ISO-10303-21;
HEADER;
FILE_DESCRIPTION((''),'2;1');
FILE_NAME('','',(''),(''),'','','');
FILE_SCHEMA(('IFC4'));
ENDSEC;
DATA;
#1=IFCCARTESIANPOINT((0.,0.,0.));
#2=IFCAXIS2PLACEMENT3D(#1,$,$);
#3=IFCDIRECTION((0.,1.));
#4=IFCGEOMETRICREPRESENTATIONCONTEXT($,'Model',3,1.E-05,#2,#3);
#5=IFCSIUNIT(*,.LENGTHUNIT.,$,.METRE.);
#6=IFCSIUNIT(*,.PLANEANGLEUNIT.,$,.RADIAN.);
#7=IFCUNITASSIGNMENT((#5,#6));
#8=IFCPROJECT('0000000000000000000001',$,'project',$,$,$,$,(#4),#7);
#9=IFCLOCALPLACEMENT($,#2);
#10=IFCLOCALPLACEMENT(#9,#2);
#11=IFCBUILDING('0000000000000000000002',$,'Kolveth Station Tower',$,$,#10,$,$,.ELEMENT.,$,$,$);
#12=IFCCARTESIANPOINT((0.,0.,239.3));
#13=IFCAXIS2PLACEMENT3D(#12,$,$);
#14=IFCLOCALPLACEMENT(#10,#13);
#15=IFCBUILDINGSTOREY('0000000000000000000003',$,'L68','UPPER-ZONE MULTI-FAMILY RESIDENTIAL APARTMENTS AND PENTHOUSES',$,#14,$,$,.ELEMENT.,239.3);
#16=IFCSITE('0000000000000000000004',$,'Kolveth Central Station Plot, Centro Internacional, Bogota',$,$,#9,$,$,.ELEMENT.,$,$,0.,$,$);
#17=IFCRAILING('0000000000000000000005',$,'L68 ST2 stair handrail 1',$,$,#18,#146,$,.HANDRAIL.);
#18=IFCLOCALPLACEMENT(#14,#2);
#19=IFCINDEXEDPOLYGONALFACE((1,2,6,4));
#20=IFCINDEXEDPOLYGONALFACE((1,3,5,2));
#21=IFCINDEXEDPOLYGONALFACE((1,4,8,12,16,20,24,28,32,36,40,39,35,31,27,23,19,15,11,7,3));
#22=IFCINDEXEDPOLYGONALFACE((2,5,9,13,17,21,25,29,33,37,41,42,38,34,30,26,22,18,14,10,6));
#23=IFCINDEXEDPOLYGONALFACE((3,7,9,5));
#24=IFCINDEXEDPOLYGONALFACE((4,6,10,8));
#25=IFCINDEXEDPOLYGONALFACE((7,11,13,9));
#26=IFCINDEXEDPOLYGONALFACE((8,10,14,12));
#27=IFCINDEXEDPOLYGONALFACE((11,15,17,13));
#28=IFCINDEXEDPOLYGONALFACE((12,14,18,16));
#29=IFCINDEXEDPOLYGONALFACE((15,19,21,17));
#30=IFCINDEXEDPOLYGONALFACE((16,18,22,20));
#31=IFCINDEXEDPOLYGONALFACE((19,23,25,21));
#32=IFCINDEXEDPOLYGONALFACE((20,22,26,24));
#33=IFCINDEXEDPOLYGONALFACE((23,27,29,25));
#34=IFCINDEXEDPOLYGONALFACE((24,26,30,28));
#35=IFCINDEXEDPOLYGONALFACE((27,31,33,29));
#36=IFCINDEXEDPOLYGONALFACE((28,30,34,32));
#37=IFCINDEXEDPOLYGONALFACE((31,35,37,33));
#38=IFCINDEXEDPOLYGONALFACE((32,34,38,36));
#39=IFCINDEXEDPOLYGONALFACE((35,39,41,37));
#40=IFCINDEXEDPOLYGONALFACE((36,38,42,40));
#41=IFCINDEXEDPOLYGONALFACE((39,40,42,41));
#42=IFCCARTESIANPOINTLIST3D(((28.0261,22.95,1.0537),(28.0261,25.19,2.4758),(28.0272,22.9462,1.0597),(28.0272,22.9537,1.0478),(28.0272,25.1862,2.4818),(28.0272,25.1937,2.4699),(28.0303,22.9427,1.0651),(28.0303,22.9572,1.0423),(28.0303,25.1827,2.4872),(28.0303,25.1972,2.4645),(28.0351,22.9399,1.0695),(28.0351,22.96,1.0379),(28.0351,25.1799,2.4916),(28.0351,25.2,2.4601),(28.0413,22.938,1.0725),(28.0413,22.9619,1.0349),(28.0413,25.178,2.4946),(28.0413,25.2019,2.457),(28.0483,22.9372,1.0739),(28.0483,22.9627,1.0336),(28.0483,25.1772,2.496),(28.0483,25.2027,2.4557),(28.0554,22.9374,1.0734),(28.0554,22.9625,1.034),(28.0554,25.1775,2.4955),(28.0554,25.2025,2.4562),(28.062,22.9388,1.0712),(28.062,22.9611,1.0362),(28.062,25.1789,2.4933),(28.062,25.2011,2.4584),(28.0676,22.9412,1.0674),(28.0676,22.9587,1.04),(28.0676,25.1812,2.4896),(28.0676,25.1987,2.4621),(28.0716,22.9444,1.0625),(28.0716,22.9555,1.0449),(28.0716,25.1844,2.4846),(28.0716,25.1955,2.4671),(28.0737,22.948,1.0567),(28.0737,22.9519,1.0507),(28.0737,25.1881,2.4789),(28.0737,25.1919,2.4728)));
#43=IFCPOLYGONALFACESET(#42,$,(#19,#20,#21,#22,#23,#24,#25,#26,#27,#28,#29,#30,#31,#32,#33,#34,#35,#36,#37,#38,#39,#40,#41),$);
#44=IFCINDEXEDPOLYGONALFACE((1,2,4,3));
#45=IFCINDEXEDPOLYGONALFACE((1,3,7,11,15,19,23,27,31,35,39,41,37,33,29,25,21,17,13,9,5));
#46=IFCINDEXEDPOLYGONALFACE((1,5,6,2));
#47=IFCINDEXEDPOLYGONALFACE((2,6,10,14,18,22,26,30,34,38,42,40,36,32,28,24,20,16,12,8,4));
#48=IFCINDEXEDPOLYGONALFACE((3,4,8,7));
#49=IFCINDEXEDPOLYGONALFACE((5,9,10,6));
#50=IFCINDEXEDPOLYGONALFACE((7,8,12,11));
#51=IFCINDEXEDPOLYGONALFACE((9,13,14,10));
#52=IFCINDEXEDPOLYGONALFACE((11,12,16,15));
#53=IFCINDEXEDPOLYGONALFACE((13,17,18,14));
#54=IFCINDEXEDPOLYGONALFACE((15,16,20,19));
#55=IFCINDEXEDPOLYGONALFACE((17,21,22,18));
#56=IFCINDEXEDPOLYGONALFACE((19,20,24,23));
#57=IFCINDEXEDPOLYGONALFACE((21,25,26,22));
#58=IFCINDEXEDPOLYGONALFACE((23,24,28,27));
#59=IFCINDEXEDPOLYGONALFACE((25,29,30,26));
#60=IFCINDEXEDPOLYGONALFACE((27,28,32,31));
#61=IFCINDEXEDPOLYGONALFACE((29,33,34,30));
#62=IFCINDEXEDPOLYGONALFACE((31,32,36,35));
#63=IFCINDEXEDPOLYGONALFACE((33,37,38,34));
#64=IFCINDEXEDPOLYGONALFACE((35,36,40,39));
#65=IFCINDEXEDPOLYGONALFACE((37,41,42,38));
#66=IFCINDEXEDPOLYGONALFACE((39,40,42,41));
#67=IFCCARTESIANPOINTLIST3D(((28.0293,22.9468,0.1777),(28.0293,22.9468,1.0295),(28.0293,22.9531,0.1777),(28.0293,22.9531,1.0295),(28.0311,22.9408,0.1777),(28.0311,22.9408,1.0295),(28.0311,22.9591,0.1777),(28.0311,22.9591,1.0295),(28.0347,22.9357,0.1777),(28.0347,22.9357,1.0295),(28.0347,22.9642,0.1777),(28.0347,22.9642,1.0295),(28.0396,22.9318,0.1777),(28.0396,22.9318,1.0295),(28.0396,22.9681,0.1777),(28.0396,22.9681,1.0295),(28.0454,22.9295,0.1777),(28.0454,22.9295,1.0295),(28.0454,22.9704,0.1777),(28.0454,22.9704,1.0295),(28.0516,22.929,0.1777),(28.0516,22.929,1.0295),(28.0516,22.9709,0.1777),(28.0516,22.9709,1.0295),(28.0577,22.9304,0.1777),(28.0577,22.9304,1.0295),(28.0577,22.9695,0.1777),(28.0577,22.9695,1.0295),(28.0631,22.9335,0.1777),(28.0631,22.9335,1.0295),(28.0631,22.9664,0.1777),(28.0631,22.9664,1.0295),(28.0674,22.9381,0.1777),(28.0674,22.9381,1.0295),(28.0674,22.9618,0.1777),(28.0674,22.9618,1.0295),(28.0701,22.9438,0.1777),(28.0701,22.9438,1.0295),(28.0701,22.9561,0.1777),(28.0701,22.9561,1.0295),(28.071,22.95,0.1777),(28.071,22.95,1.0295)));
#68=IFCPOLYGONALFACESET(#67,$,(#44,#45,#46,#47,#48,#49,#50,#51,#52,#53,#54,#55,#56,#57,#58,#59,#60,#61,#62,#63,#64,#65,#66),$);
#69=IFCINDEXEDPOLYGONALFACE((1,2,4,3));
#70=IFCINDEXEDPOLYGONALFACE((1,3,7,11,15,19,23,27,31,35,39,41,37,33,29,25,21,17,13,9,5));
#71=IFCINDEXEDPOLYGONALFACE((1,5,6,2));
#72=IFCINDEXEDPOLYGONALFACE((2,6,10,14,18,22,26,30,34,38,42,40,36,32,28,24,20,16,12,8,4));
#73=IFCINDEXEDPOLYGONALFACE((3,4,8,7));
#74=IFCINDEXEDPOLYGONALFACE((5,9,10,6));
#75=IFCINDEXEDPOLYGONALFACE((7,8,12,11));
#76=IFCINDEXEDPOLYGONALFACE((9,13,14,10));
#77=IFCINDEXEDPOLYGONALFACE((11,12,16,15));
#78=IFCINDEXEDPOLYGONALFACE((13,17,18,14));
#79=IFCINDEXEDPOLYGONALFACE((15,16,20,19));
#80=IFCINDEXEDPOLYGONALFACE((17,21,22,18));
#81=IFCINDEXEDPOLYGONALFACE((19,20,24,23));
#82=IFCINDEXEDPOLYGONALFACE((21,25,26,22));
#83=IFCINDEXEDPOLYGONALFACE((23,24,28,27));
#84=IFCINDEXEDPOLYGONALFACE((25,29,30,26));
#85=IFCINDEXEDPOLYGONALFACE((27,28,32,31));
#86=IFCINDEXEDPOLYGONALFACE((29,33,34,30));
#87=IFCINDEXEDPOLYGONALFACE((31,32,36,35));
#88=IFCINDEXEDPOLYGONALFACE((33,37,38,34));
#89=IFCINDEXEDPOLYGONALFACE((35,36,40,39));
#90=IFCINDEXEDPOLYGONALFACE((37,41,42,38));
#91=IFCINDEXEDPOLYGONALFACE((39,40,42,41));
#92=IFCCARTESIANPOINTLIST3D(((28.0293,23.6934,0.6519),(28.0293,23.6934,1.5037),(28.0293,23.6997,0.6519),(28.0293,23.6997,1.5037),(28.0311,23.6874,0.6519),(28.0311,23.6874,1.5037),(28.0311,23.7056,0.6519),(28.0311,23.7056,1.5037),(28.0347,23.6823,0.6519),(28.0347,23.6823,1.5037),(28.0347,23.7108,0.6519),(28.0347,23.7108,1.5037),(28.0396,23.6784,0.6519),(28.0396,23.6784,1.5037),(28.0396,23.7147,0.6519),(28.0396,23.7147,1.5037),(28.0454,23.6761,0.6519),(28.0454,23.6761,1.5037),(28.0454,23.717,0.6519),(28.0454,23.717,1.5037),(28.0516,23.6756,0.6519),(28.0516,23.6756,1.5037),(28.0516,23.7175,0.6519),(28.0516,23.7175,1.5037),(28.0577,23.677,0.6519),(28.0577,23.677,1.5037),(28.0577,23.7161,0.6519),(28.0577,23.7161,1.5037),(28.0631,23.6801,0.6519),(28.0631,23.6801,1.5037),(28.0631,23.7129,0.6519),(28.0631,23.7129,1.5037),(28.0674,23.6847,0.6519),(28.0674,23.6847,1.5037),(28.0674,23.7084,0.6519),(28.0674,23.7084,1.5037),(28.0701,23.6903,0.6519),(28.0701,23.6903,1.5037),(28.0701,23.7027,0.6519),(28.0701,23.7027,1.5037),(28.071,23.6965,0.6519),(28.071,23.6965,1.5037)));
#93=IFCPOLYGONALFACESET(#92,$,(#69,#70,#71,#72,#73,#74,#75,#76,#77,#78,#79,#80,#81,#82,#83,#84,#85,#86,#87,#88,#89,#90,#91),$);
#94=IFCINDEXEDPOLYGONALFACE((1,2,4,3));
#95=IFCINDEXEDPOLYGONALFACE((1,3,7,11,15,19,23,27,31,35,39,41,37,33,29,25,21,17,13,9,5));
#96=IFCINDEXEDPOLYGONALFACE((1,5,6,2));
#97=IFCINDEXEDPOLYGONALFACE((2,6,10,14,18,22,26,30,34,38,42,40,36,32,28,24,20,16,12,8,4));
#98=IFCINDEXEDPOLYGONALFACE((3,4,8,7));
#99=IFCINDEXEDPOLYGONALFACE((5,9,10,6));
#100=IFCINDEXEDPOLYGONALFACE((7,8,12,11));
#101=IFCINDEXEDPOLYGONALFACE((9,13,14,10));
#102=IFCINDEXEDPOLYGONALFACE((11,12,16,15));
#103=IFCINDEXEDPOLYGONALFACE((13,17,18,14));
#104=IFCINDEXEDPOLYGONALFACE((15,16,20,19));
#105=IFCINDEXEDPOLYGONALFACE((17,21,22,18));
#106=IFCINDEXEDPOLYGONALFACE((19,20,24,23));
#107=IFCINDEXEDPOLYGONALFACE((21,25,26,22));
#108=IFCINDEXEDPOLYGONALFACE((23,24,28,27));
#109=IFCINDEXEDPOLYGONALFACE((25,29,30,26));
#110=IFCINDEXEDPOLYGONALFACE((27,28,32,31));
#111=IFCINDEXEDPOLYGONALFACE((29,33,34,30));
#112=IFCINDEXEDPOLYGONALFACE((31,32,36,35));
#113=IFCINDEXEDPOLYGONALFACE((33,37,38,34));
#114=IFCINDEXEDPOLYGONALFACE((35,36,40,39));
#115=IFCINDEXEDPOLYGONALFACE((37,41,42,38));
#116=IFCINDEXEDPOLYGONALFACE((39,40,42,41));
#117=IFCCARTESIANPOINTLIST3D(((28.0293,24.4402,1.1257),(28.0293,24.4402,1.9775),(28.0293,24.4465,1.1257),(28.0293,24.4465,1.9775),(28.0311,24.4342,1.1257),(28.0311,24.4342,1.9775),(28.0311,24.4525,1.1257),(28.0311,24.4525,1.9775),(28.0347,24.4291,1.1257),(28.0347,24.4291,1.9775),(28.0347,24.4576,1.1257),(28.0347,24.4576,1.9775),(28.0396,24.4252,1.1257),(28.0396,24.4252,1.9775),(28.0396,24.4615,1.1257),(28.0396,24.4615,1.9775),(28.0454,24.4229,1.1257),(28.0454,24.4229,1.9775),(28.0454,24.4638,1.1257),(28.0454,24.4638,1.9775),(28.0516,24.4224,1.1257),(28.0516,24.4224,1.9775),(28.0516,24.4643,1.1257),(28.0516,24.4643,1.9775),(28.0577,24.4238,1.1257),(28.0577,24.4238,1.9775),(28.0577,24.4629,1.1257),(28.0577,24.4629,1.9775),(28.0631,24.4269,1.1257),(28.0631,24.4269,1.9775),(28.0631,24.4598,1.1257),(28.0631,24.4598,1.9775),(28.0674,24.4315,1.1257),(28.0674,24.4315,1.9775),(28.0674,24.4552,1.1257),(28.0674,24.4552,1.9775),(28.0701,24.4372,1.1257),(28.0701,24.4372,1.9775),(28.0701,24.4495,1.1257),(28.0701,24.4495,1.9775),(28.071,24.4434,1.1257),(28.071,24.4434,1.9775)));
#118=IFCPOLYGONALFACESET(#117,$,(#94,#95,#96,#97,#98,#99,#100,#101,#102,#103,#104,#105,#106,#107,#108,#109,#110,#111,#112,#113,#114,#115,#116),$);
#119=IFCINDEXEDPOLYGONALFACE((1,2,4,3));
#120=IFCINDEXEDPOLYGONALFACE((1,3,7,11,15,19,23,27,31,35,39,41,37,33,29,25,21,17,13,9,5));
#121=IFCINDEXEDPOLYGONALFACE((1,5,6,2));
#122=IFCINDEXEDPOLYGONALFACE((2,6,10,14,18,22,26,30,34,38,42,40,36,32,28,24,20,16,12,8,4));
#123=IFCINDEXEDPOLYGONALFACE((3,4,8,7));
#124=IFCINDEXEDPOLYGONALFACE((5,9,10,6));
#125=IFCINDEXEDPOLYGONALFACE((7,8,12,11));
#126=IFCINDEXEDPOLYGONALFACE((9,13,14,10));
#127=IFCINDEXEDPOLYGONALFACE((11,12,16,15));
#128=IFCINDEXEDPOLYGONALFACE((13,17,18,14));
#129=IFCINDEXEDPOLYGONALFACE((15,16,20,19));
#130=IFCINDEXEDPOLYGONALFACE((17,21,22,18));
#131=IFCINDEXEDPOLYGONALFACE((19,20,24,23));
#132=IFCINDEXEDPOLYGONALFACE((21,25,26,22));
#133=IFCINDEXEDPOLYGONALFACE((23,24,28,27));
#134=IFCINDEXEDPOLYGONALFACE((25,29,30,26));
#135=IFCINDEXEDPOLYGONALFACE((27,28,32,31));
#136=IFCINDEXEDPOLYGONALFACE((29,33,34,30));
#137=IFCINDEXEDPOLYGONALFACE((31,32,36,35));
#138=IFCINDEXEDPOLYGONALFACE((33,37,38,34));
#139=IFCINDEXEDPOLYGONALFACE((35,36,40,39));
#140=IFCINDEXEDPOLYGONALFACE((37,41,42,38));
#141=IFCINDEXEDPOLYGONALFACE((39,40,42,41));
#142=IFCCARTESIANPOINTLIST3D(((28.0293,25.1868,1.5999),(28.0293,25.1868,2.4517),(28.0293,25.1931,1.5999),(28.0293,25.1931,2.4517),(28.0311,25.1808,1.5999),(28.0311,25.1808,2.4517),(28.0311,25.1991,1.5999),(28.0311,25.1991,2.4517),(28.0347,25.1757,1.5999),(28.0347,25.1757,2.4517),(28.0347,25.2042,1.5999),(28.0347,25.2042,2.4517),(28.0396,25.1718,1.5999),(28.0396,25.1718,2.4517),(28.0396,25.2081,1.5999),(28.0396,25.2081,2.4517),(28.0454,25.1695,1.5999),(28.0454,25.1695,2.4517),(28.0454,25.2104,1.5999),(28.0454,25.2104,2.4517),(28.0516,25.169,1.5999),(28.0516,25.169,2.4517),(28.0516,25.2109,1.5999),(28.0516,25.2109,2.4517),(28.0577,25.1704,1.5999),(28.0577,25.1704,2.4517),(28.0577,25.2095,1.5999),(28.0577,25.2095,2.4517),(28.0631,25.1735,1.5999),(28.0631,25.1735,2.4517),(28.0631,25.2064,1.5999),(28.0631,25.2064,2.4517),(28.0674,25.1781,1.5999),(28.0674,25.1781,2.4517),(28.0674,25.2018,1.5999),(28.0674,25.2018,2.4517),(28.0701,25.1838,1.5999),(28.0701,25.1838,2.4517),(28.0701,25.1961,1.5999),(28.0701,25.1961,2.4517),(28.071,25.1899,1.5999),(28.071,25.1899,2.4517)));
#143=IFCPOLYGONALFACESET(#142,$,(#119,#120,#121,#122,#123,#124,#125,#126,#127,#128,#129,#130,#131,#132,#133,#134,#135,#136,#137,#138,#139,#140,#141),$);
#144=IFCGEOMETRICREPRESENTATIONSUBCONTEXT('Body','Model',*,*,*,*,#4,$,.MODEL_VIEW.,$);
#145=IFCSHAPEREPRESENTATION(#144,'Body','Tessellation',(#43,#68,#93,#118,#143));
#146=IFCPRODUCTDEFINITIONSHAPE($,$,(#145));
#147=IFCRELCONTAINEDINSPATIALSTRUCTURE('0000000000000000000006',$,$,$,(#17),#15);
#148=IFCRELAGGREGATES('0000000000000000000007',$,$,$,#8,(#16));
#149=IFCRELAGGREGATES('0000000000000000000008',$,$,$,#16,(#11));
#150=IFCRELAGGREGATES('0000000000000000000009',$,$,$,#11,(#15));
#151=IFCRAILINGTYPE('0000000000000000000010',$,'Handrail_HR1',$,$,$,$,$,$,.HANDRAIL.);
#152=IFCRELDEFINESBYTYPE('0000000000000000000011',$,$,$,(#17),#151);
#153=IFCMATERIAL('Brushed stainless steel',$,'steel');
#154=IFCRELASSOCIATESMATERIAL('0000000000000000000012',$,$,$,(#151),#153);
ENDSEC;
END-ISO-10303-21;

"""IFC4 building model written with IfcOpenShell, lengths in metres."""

from ifc_helpers import new_model, si_unit, direction, frame, origin, origin_2d, place, context, subcontext, project, spatial, circle, extrude, material, type_object, element, save


model = new_model("IFC4")

# Units and contexts
model_context = context("Model", 3, precision=1e-05, world=origin(), true_north=direction((0.0, 1.0)))
body_context = subcontext(model_context, "Body", "Model", "MODEL_VIEW")
ifc_project = project(units=[si_unit("LENGTHUNIT", "METRE"), si_unit("PLANEANGLEUNIT", "RADIAN")], contexts=[model_context])

# Site, building, storey
site_placement = place(None, origin())
site = spatial("IfcSite", under=ifc_project, at=site_placement, Name="Kolveth Central Station Plot, Centro Internacional, Bogota", CompositionType="ELEMENT", RefElevation=0.0)
building_placement = place(site_placement, origin())
building = spatial("IfcBuilding", under=site, at=building_placement, Name="Kolveth Station Tower", CompositionType="ELEMENT")
storey_placement = place(building_placement, frame((0.0, 0.0, 239.3)))
storey = spatial("IfcBuildingStorey", under=building, at=storey_placement, Name="L68", Description="UPPER-ZONE MULTI-FAMILY RESIDENTIAL APARTMENTS AND PENTHOUSES", CompositionType="ELEMENT", Elevation=239.3)

# Railing
ifc_material_1 = material(Name="Brushed stainless steel", Category="steel")
railing_type_1 = type_object("IfcRailingType", Name="Handrail_HR1", PredefinedType="HANDRAIL", material=ifc_material_1)
railing_1_placement = place(storey_placement, frame((28.05, 22.95, 0.1777)))
element("IfcRailing", 1, at=railing_1_placement, inside=storey, type_object=railing_type_1, Name="L68 ST2 stair handrail 1", PredefinedType="HANDRAIL", context=body_context, shape_type="SweptSolid", body=[
    extrude(circle(Radius=0.0239, at=origin_2d()), frame((0.0, 0.0, 0.876), z_axis=(0.0, 0.844229, 0.535982), x_axis=(-1.0, 0.0, 0.0)), (0.0, 0.0, 1.0), 2.6533),
    extrude(circle(Radius=0.021, at=origin_2d()), origin(), (0.0, 0.0, 1.0), 0.8518),
    extrude(circle(Radius=0.021, at=origin_2d()), frame((0.0, 0.7466, 0.4741)), (0.0, 0.0, 1.0), 0.8518),
    extrude(circle(Radius=0.021, at=origin_2d()), frame((0.0, 1.4934, 0.948)), (0.0, 0.0, 1.0), 0.8518),
    extrude(circle(Radius=0.021, at=origin_2d()), frame((0.0, 2.24, 1.4221)), (0.0, 0.0, 1.0), 0.8518),
])

save(model, "model.ifc")
